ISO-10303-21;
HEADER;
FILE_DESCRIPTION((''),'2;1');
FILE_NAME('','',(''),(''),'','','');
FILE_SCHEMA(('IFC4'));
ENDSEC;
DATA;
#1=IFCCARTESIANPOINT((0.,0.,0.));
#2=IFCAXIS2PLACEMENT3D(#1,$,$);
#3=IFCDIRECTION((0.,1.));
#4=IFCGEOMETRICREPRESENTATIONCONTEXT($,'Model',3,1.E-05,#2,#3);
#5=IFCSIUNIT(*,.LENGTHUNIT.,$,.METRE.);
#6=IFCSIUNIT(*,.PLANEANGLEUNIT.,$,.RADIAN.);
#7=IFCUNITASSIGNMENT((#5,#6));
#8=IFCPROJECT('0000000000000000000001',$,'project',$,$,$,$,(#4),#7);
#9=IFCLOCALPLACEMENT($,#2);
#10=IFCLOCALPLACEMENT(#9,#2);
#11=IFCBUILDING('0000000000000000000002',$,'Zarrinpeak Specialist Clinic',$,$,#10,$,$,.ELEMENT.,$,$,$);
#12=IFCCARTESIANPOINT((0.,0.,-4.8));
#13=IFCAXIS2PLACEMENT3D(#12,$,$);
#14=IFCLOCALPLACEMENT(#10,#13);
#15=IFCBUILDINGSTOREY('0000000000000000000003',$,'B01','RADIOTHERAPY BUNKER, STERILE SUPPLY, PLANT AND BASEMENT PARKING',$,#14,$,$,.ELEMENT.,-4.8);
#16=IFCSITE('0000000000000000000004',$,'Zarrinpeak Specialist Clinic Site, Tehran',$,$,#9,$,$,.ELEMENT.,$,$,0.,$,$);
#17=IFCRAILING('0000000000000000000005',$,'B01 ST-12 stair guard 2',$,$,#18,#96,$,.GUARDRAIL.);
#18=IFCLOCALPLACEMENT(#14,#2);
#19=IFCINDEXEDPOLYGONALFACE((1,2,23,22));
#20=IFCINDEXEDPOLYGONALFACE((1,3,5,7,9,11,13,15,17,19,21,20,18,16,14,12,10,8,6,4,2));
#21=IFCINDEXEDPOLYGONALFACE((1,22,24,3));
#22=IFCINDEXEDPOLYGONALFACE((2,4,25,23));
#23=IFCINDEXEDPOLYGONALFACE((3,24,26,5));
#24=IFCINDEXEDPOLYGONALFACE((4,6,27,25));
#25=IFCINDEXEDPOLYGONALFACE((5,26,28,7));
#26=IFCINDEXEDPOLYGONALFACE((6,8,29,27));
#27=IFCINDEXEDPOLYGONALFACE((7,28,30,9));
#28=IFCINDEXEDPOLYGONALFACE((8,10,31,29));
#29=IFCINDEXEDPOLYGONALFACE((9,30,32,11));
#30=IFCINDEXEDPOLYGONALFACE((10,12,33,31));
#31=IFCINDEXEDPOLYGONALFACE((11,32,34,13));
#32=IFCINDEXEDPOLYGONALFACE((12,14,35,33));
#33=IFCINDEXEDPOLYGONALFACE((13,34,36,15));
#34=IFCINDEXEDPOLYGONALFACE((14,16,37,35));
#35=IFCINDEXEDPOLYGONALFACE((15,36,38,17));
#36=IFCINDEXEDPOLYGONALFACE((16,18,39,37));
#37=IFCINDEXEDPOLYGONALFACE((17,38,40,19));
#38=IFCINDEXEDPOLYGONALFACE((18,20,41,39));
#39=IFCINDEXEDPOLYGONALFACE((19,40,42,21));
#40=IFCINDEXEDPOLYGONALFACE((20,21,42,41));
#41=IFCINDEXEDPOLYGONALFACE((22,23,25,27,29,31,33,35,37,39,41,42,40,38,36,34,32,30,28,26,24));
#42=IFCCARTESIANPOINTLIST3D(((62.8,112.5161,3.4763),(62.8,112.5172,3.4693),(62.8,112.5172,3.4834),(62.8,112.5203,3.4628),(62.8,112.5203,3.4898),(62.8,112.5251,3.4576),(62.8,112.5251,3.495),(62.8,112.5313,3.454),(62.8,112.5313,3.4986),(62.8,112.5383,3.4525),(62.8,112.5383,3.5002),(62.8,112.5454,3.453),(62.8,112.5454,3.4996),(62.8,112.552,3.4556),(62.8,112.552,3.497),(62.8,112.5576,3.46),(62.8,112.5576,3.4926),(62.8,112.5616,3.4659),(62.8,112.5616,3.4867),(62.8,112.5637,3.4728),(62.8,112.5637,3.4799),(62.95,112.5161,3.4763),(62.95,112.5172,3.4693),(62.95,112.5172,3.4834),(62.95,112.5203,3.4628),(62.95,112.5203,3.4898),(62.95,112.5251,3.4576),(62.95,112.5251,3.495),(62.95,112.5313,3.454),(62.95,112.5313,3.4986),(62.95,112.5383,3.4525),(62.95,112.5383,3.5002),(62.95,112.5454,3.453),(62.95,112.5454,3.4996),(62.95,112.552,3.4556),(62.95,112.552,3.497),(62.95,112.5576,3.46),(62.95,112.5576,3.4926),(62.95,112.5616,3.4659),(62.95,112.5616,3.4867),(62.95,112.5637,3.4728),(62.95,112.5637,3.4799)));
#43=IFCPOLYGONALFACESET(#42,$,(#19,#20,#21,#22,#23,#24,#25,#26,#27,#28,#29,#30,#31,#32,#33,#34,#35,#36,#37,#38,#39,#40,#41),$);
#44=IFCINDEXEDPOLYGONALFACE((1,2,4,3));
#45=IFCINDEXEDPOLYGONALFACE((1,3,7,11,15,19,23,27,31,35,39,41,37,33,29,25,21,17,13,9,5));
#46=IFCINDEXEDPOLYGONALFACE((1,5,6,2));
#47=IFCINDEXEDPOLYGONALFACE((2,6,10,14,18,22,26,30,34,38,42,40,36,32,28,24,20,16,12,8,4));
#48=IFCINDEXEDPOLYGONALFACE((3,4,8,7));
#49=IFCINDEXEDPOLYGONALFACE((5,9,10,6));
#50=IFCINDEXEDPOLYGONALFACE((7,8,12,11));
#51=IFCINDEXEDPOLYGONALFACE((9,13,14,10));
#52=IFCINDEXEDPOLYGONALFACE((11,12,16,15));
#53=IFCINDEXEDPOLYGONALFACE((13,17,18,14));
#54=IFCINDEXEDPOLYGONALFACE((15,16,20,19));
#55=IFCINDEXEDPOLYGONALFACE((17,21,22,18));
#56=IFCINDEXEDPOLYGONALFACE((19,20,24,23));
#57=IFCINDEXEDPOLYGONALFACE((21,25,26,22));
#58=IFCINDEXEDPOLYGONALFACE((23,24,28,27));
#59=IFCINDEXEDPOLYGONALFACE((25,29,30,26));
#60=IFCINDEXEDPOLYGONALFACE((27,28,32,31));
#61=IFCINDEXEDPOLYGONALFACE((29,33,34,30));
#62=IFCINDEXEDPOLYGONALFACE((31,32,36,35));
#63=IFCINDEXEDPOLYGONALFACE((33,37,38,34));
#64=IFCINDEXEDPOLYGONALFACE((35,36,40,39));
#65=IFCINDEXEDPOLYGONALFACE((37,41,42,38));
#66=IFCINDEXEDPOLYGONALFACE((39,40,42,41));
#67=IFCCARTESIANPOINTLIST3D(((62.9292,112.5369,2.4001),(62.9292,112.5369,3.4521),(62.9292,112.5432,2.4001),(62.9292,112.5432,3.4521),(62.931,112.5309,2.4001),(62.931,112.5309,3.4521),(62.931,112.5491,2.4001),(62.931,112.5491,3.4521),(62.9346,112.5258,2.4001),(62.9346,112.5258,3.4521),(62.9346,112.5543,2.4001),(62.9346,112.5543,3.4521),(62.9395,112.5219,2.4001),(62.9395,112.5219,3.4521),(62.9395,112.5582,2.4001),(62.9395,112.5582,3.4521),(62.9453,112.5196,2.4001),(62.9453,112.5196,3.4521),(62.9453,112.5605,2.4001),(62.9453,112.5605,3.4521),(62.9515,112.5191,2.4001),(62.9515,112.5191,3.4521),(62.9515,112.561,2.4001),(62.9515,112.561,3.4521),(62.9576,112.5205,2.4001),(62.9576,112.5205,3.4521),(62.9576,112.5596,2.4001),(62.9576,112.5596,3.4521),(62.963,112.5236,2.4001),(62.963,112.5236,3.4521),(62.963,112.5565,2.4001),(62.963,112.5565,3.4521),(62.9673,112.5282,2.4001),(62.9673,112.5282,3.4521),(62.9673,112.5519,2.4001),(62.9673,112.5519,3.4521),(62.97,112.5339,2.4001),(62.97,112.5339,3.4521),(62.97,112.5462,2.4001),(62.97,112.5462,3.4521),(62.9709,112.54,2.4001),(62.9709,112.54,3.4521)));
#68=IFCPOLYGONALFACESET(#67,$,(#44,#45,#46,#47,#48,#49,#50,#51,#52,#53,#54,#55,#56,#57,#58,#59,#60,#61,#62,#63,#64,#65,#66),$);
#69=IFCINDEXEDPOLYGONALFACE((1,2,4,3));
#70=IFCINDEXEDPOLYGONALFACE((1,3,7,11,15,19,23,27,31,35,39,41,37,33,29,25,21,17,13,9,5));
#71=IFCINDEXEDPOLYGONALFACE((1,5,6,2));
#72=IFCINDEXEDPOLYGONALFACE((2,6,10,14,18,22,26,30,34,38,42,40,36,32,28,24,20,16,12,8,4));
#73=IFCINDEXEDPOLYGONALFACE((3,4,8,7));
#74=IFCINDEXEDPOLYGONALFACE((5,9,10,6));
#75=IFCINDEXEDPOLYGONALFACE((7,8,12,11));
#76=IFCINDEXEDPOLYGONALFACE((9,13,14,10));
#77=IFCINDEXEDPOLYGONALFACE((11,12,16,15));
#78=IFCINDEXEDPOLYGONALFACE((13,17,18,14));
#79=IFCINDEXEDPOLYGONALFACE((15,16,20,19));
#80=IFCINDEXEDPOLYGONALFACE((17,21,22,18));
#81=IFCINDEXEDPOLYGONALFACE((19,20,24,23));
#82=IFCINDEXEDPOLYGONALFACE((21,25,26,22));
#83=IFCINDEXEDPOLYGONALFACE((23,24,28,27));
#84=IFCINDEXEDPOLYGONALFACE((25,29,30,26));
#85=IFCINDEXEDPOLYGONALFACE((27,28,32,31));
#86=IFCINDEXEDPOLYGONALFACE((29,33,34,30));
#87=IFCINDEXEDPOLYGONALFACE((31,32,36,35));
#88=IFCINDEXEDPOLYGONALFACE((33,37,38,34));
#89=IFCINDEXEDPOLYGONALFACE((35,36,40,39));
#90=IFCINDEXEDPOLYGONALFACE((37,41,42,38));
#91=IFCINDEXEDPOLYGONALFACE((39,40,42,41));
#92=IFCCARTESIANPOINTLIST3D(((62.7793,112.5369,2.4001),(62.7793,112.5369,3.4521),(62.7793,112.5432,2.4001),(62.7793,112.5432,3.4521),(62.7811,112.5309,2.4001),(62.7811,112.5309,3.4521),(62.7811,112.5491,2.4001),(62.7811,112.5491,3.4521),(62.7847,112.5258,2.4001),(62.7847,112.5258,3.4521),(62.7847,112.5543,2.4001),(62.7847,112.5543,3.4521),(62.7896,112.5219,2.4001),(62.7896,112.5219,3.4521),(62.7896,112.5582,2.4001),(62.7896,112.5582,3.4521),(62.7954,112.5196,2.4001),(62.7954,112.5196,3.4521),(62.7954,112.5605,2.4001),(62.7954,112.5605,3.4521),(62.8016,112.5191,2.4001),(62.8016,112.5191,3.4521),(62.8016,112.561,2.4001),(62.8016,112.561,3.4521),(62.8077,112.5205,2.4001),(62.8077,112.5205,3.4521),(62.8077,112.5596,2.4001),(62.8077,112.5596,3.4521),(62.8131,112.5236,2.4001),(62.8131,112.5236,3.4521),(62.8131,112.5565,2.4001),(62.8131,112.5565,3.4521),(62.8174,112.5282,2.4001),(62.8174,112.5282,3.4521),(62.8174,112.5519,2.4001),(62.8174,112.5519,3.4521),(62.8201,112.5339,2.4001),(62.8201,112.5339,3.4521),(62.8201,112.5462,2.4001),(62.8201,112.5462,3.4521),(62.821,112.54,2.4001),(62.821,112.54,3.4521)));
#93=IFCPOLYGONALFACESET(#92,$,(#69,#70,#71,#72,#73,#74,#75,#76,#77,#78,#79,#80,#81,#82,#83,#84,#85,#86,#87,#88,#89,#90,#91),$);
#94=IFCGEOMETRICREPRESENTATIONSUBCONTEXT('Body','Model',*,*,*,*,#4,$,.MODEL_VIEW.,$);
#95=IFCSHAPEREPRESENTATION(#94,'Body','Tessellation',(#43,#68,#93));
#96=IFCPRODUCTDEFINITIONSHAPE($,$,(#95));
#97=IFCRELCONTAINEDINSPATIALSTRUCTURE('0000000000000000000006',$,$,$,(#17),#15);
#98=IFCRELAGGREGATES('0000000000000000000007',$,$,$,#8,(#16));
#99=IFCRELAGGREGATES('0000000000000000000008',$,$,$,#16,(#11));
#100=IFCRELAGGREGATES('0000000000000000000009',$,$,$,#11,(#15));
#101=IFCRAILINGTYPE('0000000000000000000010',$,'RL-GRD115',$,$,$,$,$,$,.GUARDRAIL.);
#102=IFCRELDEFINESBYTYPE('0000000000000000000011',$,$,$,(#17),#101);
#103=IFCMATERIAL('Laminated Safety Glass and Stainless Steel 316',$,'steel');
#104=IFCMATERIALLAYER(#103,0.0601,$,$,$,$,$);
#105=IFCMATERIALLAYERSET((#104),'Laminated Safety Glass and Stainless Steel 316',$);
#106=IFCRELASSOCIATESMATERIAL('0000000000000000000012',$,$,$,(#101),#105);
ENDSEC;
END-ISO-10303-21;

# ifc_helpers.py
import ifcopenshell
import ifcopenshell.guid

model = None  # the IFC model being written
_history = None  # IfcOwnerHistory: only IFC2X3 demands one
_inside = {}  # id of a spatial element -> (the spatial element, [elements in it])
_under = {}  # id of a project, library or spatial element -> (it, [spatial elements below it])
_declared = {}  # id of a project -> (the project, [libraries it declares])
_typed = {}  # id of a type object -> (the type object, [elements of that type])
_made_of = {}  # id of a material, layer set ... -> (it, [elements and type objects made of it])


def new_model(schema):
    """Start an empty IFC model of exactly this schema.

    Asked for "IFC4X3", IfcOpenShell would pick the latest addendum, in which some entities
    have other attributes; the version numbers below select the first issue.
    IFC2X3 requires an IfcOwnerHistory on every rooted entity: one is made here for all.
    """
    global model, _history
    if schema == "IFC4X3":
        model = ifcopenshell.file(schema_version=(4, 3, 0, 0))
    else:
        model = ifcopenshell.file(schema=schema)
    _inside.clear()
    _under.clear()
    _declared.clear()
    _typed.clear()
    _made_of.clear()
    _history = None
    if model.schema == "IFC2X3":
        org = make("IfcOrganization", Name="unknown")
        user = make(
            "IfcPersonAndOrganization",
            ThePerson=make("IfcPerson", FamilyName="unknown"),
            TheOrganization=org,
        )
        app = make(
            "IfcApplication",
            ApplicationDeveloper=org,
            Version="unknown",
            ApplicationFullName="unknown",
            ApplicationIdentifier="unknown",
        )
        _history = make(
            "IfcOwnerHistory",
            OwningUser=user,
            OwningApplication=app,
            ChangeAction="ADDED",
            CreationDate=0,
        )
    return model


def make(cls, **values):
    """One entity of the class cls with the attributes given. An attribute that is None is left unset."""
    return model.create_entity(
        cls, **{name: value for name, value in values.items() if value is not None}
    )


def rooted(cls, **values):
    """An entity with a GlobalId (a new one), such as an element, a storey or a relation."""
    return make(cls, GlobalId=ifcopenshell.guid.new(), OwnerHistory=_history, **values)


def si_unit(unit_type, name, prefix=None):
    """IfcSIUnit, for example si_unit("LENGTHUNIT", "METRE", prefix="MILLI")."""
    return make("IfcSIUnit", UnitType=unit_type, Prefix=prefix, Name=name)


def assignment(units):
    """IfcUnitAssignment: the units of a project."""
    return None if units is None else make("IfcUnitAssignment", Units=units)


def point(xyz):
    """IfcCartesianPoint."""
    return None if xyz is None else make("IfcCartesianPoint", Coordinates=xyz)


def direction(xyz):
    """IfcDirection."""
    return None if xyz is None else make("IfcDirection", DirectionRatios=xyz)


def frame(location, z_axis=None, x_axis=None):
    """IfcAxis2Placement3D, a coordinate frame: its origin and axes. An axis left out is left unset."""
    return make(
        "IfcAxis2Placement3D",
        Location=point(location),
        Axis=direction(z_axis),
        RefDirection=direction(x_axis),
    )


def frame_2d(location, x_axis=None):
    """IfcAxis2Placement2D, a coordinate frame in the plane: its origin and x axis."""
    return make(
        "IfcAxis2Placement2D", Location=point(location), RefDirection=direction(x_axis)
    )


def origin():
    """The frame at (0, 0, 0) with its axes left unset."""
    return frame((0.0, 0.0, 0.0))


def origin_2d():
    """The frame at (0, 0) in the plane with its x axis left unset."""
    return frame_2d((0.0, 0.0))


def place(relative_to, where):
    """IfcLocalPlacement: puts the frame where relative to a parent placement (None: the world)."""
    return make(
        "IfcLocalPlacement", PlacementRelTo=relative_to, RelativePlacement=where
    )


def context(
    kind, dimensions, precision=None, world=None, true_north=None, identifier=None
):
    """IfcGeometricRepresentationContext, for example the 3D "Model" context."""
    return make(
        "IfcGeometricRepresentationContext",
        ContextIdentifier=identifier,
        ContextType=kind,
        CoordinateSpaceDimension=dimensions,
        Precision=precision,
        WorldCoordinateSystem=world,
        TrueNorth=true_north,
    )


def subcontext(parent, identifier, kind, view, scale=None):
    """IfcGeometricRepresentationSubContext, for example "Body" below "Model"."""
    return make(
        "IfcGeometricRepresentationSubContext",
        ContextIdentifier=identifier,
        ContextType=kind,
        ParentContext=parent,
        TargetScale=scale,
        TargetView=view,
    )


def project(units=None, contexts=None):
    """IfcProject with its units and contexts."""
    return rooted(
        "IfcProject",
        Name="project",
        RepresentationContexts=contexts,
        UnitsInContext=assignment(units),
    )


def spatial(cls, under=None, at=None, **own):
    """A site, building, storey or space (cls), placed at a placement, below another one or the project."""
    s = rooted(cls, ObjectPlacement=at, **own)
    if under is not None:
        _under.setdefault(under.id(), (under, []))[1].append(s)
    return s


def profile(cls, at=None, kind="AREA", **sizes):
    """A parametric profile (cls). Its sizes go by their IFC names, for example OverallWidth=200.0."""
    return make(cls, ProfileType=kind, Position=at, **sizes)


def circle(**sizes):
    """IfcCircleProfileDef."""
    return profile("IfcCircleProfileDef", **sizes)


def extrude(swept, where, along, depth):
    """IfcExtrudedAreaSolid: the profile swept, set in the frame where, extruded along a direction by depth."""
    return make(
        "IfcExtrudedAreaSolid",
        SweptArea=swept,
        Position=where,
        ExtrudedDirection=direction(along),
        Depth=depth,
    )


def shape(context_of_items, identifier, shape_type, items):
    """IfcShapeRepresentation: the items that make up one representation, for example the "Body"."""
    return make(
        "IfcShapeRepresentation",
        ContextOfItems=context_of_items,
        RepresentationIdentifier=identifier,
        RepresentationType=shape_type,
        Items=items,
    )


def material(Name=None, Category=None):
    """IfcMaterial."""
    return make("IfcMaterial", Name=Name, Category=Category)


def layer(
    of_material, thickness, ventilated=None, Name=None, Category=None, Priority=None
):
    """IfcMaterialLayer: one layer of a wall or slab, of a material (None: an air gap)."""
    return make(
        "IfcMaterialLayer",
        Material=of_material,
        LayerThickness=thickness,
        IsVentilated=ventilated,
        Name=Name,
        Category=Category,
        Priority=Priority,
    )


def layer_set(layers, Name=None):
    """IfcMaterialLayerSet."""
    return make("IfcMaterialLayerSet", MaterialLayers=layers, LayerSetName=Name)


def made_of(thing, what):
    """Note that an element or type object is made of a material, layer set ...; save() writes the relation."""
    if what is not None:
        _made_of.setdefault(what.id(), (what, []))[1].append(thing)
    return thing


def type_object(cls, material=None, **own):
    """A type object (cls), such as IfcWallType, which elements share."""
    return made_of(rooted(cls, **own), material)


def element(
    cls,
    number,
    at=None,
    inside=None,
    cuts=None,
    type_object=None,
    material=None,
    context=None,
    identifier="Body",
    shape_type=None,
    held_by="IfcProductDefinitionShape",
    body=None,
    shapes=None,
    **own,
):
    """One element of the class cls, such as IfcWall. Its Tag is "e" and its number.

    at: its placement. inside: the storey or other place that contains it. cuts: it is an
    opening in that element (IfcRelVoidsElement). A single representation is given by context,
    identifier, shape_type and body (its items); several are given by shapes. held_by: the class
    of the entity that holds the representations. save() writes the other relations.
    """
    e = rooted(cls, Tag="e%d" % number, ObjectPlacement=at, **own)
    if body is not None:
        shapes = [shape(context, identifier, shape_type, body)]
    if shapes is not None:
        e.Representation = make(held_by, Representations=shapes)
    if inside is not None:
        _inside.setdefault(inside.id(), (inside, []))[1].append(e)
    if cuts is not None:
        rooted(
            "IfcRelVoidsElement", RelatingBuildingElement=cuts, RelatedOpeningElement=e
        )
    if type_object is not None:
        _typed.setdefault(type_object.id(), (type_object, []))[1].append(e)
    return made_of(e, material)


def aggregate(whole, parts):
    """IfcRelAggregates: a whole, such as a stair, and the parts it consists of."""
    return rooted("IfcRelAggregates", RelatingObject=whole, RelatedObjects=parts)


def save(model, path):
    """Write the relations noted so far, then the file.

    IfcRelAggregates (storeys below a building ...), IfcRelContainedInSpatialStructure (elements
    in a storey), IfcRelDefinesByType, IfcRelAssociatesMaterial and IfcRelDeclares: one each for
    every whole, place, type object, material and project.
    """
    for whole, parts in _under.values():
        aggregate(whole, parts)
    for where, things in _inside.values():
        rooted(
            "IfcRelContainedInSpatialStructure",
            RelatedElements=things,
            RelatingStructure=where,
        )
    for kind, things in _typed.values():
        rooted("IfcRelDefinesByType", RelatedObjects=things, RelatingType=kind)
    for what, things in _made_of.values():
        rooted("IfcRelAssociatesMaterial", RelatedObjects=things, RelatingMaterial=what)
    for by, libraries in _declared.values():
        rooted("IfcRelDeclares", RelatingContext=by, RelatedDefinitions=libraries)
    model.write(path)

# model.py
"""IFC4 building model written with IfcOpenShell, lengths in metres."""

from ifc_helpers import new_model, si_unit, direction, frame, origin, origin_2d, place, context, subcontext, project, spatial, circle, extrude, material, layer, layer_set, type_object, element, save


model = new_model("IFC4")

# Units and contexts
model_context = context("Model", 3, precision=1e-05, world=origin(), true_north=direction((0.0, 1.0)))
body_context = subcontext(model_context, "Body", "Model", "MODEL_VIEW")
ifc_project = project(units=[si_unit("LENGTHUNIT", "METRE"), si_unit("PLANEANGLEUNIT", "RADIAN")], contexts=[model_context])

# Site, building, storey
site_placement = place(None, origin())
site = spatial("IfcSite", under=ifc_project, at=site_placement, Name="Zarrinpeak Specialist Clinic Site, Tehran", CompositionType="ELEMENT", RefElevation=0.0)
building_placement = place(site_placement, origin())
building = spatial("IfcBuilding", under=site, at=building_placement, Name="Zarrinpeak Specialist Clinic", CompositionType="ELEMENT")
storey_placement = place(building_placement, frame((0.0, 0.0, -4.8)))
storey = spatial("IfcBuildingStorey", under=building, at=storey_placement, Name="B01", Description="RADIOTHERAPY BUNKER, STERILE SUPPLY, PLANT AND BASEMENT PARKING", CompositionType="ELEMENT", Elevation=-4.8)

# Railing
ifc_material_1 = material(Name="Laminated Safety Glass and Stainless Steel 316", Category="steel")
ifc_layer_1 = layer(ifc_material_1, 0.0601)
ifc_layer_set_1 = layer_set([ifc_layer_1], Name="Laminated Safety Glass and Stainless Steel 316")
railing_type_1 = type_object("IfcRailingType", Name="RL-GRD115", PredefinedType="GUARDRAIL", material=ifc_layer_set_1)
railing_1_placement = place(storey_placement, frame((62.95, 112.54, 2.4001)))
element("IfcRailing", 1, at=railing_1_placement, inside=storey, type_object=railing_type_1, Name="B01 ST-12 stair guard 2", PredefinedType="GUARDRAIL", context=body_context, shape_type="SweptSolid", body=[
    extrude(circle(Radius=0.0239, at=origin_2d()), frame((0.0, 0.0, 1.0762), z_axis=(-1.0, 0.0, 0.0), x_axis=(0.0, -1.0, 0.0)), (0.0, 0.0, 1.0), 0.1499),
    extrude(circle(Radius=0.021, at=origin_2d()), origin(), (0.0, 0.0, 1.0), 1.052),
    extrude(circle(Radius=0.021, at=origin_2d()), frame((-0.1499, 0.0, 0.0)), (0.0, 0.0, 1.0), 1.052),
])

save(model, "model.ifc")
